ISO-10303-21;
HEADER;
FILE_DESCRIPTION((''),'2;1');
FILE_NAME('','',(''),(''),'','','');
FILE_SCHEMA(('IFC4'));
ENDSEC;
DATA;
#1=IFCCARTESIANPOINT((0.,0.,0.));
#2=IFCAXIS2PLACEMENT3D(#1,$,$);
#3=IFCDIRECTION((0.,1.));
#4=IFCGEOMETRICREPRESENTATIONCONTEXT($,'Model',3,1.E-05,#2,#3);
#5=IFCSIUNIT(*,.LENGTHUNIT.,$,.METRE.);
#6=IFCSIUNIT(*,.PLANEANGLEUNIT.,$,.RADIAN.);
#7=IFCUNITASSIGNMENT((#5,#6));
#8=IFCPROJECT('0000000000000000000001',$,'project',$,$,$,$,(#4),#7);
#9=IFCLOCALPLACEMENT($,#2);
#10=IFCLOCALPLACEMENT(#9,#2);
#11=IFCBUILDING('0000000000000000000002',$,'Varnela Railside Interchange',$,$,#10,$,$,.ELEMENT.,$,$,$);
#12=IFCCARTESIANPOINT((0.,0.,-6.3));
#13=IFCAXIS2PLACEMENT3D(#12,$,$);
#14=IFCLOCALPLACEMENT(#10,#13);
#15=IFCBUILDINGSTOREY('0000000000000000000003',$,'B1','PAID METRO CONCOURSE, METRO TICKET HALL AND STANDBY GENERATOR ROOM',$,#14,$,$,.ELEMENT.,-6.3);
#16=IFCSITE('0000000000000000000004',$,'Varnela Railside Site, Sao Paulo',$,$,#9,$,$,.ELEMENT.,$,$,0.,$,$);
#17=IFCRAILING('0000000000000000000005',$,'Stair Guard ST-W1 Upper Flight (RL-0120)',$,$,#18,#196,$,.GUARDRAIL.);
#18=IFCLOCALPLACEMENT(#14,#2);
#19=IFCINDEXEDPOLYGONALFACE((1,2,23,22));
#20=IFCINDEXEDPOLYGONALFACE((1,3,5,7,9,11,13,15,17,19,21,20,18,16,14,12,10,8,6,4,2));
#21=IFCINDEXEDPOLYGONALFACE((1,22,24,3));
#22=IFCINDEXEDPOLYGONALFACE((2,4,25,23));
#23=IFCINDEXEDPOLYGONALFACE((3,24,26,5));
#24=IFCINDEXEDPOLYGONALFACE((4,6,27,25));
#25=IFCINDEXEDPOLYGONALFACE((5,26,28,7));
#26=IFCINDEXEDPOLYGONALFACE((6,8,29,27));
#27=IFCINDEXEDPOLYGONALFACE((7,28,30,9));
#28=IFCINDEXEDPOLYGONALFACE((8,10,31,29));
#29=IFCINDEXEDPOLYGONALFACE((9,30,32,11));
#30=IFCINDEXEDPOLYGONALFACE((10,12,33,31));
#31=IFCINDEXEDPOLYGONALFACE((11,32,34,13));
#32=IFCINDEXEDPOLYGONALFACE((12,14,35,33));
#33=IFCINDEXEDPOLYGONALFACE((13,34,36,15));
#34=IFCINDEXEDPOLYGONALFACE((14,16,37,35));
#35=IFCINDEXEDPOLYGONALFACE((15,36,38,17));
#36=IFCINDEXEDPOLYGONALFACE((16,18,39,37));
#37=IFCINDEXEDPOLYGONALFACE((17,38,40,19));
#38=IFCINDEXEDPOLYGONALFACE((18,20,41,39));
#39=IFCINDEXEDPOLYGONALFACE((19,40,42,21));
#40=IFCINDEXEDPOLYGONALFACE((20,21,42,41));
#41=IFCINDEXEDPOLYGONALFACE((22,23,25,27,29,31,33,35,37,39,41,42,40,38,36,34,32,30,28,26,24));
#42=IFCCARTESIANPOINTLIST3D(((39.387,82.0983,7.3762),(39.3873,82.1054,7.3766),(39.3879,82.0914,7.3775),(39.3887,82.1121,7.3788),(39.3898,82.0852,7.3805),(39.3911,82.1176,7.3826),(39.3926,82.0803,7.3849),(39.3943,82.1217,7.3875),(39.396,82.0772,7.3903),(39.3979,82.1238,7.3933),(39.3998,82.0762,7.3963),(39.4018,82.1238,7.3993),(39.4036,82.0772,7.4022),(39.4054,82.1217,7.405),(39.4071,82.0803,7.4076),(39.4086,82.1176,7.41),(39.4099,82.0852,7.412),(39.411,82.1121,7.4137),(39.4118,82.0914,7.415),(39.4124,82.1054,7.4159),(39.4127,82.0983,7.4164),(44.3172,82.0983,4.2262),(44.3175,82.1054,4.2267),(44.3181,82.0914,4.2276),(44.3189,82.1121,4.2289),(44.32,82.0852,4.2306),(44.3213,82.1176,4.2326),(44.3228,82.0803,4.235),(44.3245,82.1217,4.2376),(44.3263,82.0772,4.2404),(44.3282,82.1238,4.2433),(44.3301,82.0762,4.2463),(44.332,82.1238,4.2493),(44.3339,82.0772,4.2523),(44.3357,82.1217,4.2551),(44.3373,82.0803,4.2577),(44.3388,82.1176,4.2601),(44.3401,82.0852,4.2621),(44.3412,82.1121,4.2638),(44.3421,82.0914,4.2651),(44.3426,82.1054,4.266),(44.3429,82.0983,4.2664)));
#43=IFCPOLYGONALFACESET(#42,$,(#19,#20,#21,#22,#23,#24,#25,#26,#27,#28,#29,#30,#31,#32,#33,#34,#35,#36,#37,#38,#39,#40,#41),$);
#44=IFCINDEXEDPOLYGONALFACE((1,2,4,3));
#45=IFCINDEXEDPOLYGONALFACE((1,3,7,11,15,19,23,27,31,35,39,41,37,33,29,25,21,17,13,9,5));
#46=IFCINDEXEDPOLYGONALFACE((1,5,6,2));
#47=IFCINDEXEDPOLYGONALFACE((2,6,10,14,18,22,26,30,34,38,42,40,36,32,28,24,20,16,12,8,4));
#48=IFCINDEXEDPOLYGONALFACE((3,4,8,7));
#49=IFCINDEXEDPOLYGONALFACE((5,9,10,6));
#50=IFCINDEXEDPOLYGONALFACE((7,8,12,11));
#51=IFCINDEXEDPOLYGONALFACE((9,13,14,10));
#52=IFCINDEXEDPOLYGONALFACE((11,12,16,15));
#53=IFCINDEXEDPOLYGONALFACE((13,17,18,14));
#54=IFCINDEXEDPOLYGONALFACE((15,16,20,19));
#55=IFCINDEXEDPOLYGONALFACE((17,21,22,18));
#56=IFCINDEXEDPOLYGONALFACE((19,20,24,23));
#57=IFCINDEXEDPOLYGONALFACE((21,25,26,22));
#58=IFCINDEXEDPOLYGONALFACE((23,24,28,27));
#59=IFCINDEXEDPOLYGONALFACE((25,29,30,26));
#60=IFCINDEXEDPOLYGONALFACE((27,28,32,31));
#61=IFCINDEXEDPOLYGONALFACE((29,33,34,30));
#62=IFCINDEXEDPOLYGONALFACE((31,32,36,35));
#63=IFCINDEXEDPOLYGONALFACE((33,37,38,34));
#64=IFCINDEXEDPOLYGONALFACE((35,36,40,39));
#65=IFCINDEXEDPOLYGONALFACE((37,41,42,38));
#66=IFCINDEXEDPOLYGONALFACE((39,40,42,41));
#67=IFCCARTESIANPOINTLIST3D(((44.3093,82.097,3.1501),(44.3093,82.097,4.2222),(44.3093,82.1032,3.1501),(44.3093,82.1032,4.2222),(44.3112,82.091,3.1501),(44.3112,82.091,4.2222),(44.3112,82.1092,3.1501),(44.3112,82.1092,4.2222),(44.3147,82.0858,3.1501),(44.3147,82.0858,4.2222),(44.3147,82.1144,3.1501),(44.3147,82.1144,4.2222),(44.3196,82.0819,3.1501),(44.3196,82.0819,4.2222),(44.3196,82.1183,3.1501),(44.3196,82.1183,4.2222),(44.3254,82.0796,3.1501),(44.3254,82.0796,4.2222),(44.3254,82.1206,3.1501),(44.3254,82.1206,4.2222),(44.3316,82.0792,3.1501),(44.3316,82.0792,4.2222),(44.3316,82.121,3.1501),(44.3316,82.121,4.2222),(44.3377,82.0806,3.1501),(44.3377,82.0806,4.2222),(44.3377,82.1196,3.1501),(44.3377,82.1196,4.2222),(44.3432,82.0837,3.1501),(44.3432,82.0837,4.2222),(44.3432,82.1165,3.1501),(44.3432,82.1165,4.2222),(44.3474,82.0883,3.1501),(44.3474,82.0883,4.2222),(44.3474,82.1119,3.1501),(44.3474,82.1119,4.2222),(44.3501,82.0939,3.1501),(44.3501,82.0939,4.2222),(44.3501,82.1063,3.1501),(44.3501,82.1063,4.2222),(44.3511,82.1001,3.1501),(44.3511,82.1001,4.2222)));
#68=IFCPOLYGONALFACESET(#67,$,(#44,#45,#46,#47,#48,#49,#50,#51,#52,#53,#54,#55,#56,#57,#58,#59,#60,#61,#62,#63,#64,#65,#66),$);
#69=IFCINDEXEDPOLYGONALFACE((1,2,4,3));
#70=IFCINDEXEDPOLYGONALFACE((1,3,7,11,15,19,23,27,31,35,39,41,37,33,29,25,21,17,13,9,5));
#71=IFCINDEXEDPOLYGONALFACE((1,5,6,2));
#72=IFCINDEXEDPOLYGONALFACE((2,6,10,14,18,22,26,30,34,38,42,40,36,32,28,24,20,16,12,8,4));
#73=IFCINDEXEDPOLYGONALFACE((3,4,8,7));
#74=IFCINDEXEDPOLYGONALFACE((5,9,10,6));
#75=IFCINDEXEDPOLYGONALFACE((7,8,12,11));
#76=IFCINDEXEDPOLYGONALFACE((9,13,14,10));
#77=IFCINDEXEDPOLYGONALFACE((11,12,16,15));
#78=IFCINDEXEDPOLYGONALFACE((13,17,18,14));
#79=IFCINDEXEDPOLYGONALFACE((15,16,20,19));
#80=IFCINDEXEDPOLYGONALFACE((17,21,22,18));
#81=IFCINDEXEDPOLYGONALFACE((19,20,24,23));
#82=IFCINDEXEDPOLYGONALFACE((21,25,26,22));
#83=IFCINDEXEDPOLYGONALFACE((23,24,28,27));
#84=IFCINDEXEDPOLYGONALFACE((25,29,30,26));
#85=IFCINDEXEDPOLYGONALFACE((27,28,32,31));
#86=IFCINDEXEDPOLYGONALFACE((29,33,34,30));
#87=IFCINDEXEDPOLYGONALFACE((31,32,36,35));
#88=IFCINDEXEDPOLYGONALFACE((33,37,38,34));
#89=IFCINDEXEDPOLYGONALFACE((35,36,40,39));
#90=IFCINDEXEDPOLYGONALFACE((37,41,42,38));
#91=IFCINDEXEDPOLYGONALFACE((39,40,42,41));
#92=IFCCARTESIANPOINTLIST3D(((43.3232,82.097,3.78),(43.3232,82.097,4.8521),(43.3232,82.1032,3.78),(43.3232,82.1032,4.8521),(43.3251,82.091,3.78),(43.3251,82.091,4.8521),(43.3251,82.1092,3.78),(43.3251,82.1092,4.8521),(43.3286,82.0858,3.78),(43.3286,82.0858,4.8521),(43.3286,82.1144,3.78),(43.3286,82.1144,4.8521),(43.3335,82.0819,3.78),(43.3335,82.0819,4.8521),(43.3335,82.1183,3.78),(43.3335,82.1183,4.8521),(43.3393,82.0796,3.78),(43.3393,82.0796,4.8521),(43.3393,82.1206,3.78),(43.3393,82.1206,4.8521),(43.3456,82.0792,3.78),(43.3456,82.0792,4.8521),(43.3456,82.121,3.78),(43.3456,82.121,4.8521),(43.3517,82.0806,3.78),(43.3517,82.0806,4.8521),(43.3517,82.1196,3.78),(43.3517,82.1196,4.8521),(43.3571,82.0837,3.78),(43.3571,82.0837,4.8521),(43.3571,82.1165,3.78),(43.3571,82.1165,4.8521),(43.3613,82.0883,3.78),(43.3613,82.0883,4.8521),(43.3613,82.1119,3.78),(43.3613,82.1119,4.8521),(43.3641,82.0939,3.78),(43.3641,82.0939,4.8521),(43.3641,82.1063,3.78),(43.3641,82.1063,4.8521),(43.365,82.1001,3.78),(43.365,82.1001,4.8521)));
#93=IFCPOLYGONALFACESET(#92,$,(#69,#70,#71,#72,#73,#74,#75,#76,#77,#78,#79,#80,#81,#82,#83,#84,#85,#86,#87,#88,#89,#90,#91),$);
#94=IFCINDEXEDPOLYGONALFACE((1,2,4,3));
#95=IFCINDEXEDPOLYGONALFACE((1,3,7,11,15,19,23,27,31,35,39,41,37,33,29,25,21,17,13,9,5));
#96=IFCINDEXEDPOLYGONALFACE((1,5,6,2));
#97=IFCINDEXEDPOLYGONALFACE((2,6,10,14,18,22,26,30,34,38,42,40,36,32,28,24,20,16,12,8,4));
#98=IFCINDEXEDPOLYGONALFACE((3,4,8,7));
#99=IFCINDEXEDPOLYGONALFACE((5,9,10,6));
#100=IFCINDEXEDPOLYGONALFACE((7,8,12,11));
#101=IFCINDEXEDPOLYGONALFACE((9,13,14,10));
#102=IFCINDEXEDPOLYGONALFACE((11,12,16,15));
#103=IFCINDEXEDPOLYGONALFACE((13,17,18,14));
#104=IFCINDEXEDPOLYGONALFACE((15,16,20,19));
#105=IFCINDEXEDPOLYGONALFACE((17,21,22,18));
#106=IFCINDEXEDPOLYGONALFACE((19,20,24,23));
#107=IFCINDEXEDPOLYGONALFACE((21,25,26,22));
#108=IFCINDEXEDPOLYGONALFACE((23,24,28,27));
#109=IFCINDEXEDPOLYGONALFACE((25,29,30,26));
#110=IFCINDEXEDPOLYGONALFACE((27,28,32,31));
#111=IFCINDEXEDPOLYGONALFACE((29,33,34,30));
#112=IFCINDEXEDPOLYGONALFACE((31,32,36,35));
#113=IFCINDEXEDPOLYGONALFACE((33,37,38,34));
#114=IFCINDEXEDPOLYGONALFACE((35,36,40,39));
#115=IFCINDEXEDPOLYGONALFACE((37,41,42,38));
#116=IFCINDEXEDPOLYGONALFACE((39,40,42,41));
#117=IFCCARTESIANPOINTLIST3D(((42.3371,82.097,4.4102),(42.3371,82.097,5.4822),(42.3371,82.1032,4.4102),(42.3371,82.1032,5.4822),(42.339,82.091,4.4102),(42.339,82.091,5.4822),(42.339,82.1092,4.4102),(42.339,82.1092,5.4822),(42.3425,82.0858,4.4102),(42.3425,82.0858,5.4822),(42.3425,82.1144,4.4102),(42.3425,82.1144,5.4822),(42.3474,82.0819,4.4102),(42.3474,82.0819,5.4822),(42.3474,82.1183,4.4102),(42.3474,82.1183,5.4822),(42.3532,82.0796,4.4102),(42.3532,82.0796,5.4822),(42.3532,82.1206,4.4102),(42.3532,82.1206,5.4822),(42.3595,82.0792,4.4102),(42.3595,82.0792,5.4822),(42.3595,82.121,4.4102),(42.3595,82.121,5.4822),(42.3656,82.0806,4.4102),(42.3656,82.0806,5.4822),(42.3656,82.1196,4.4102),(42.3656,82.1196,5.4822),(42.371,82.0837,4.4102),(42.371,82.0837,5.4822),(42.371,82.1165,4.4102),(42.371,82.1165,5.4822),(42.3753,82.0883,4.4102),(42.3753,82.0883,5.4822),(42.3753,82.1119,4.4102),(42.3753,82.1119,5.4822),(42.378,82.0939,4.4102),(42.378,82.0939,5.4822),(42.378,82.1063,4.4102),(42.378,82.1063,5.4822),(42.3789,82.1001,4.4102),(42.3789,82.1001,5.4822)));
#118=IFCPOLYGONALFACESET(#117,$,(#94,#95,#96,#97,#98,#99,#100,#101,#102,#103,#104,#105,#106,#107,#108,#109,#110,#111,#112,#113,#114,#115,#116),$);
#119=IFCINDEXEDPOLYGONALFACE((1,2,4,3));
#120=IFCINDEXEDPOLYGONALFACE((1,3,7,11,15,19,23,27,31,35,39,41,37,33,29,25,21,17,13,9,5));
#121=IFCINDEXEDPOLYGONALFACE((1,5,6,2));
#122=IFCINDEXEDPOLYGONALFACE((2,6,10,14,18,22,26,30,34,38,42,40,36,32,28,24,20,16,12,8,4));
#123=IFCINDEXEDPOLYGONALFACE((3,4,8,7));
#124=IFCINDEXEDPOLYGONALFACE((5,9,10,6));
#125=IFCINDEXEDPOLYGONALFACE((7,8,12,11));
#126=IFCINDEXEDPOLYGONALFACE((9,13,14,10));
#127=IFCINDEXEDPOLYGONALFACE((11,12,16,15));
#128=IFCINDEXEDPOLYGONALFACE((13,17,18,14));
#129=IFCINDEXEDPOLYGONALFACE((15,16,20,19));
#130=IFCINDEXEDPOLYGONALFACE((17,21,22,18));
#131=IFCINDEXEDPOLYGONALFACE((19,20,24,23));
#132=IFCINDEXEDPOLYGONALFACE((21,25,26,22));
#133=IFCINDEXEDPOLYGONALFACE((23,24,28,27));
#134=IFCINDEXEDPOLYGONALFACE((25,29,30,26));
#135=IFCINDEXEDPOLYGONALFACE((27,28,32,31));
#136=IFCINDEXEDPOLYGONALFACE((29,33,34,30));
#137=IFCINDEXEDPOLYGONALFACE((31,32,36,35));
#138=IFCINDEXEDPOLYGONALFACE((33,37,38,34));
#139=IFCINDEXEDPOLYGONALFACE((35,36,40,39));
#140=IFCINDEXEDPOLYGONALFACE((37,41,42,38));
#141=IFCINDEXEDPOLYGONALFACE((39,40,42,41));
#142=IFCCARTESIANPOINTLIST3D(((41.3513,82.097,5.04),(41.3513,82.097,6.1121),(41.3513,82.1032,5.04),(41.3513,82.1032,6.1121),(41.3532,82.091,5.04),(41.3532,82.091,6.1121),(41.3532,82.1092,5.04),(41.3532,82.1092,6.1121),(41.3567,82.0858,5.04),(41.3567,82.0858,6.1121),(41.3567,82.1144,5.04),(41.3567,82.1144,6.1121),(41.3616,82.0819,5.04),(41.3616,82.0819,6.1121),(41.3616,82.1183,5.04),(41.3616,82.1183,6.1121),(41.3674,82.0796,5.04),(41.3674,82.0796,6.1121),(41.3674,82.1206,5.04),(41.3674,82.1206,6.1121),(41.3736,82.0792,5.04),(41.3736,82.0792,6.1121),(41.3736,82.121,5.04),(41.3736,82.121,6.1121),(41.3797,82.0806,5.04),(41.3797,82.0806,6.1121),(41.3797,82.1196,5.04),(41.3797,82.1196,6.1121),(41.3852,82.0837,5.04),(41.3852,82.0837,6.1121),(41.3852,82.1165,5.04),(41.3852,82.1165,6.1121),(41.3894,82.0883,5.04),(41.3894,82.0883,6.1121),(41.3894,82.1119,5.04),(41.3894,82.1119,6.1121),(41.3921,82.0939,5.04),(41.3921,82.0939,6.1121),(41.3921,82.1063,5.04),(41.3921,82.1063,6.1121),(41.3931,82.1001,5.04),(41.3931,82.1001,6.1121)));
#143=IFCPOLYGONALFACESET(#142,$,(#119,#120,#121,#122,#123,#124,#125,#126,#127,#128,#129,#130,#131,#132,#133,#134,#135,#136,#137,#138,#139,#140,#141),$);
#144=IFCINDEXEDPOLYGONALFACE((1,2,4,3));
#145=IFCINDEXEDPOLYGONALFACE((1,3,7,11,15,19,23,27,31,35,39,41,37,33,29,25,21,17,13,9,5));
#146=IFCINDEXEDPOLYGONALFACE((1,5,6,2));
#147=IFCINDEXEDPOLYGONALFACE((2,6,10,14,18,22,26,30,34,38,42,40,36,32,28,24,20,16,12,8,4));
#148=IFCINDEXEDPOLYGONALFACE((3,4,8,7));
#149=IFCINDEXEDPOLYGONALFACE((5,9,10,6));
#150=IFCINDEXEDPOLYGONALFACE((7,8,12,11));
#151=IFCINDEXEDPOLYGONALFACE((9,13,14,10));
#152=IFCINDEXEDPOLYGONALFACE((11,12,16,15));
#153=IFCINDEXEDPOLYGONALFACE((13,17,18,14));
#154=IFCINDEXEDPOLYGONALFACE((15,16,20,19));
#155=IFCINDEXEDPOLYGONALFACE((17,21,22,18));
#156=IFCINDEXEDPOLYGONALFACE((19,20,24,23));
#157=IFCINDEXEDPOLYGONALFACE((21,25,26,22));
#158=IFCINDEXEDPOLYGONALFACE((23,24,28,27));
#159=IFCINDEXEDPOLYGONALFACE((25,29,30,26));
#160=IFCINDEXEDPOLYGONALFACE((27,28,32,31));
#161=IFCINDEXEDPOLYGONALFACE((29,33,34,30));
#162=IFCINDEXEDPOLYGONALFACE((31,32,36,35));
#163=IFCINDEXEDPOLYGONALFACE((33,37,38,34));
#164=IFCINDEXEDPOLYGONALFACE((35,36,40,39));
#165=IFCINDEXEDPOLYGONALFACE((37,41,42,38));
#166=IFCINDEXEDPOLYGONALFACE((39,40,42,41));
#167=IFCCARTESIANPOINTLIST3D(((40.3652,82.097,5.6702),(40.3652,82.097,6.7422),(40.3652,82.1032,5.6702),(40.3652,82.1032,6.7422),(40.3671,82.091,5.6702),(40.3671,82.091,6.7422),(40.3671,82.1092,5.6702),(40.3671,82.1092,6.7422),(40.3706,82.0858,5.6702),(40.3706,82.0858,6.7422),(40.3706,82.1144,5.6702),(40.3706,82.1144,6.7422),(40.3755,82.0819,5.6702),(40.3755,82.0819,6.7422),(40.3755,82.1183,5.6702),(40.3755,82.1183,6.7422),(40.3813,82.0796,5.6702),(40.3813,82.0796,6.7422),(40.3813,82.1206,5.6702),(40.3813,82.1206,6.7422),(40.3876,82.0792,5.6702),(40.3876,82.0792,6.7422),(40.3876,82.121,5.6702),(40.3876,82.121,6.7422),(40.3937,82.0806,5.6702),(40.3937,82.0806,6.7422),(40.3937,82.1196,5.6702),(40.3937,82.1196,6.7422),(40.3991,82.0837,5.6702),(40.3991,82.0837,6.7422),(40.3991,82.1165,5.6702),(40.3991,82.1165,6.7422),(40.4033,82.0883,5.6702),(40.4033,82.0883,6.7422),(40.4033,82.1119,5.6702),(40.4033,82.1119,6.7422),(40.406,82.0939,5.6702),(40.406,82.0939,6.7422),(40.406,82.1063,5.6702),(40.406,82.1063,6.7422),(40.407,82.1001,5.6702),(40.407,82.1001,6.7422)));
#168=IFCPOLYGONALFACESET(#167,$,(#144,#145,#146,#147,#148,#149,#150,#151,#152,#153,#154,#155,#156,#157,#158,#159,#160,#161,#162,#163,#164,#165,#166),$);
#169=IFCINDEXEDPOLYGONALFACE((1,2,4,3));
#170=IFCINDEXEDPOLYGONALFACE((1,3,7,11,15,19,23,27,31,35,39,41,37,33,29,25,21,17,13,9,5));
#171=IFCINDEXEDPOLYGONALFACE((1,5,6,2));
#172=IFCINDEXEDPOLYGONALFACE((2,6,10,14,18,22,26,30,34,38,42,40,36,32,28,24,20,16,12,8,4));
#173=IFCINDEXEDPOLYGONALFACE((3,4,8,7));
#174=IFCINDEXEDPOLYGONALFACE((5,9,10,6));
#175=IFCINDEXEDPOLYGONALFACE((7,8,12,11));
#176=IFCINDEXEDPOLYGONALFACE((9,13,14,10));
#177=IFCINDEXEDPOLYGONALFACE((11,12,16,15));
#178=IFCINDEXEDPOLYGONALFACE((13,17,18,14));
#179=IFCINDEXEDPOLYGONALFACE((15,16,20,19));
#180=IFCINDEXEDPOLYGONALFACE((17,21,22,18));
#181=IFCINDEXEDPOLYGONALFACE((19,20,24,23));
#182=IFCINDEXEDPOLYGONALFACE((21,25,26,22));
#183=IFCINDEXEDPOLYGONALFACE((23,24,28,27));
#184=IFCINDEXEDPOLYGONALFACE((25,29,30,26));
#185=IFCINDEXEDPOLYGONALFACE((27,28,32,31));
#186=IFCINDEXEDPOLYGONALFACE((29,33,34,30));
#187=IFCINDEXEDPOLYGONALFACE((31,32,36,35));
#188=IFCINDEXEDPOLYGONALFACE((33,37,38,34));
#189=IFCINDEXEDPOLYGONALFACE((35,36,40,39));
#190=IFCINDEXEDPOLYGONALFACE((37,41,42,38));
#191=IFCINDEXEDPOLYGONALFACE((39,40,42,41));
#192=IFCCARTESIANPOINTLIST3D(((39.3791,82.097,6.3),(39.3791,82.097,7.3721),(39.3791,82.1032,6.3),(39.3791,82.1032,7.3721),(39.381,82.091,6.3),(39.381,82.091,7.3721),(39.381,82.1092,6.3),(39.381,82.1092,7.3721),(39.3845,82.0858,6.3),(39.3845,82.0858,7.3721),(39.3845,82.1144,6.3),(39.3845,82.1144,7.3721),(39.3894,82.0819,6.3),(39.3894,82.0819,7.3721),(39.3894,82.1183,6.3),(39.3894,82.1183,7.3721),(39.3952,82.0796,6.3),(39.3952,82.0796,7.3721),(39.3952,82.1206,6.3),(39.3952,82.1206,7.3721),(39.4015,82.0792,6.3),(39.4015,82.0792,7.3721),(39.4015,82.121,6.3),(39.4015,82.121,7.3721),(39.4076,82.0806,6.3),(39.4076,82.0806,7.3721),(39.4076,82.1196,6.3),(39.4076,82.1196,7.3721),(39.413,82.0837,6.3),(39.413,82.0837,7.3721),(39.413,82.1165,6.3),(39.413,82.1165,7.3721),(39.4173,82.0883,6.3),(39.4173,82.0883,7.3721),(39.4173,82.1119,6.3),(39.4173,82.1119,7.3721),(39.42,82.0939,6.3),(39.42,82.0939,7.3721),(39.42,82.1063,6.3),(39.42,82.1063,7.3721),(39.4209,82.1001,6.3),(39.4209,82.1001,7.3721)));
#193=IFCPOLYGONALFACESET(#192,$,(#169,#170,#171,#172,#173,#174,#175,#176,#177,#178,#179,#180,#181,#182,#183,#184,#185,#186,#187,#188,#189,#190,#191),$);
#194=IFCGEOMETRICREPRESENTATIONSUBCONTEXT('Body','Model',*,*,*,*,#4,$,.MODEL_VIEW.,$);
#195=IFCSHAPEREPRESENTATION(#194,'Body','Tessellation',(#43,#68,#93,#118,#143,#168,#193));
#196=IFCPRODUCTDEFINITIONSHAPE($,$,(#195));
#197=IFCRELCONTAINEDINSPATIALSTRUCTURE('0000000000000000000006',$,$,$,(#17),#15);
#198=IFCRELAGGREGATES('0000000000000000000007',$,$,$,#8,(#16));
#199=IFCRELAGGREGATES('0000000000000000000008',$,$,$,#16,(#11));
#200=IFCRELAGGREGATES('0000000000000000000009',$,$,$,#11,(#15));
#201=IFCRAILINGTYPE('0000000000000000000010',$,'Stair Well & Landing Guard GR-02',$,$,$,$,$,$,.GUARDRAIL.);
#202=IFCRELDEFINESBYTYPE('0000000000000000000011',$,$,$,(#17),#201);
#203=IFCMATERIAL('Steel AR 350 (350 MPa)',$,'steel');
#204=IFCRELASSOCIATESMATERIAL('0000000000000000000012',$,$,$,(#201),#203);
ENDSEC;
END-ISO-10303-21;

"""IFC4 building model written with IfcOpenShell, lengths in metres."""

from ifc_helpers import new_model, si_unit, direction, frame, origin, origin_2d, place, context, subcontext, project, spatial, circle, extrude, material, type_object, element, save


model = new_model("IFC4")

# Units and contexts
model_context = context("Model", 3, precision=1e-05, world=origin(), true_north=direction((0.0, 1.0)))
body_context = subcontext(model_context, "Body", "Model", "MODEL_VIEW")
ifc_project = project(units=[si_unit("LENGTHUNIT", "METRE"), si_unit("PLANEANGLEUNIT", "RADIAN")], contexts=[model_context])

# Site, building, storey
site_placement = place(None, origin())
site = spatial("IfcSite", under=ifc_project, at=site_placement, Name="Varnela Railside Site, Sao Paulo", CompositionType="ELEMENT", RefElevation=0.0)
building_placement = place(site_placement, origin())
building = spatial("IfcBuilding", under=site, at=building_placement, Name="Varnela Railside Interchange", CompositionType="ELEMENT")
storey_placement = place(building_placement, frame((0.0, 0.0, -6.3)))
storey = spatial("IfcBuildingStorey", under=building, at=storey_placement, Name="B1", Description="PAID METRO CONCOURSE, METRO TICKET HALL AND STANDBY GENERATOR ROOM", CompositionType="ELEMENT", Elevation=-6.3)

# Railing
ifc_material_1 = material(Name="Steel AR 350 (350 MPa)", Category="steel")
railing_type_1 = type_object("IfcRailingType", Name="Stair Well & Landing Guard GR-02", PredefinedType="GUARDRAIL", material=ifc_material_1)
railing_1_placement = place(storey_placement, frame((44.3301, 82.1001, 3.1501)))
element("IfcRailing", 1, at=railing_1_placement, inside=storey, type_object=railing_type_1, Name="Stair Guard ST-W1 Upper Flight (RL-0120)", PredefinedType="GUARDRAIL", context=body_context, shape_type="SweptSolid", body=[
    extrude(circle(Radius=0.0239, at=origin_2d()), frame((0.0, 0.0, 1.0962), z_axis=(-0.842691, 0.0, 0.538398), x_axis=(0.0, -1.0, 0.0)), (0.0, 0.0, 1.0), 5.8506),
    extrude(circle(Radius=0.021, at=origin_2d()), origin(), (0.0, 0.0, 1.0), 1.072),
    extrude(circle(Radius=0.021, at=origin_2d()), frame((-0.9861, 0.0, 0.6299)), (0.0, 0.0, 1.0), 1.072),
    extrude(circle(Radius=0.021, at=origin_2d()), frame((-1.9722, 0.0, 1.26)), (0.0, 0.0, 1.0), 1.072),
    extrude(circle(Radius=0.021, at=origin_2d()), frame((-2.958, 0.0, 1.8899)), (0.0, 0.0, 1.0), 1.072),
    extrude(circle(Radius=0.021, at=origin_2d()), frame((-3.9441, 0.0, 2.52)), (0.0, 0.0, 1.0), 1.072),
    extrude(circle(Radius=0.021, at=origin_2d()), frame((-4.9302, 0.0, 3.1499)), (0.0, 0.0, 1.0), 1.072),
])

save(model, "model.ifc")
